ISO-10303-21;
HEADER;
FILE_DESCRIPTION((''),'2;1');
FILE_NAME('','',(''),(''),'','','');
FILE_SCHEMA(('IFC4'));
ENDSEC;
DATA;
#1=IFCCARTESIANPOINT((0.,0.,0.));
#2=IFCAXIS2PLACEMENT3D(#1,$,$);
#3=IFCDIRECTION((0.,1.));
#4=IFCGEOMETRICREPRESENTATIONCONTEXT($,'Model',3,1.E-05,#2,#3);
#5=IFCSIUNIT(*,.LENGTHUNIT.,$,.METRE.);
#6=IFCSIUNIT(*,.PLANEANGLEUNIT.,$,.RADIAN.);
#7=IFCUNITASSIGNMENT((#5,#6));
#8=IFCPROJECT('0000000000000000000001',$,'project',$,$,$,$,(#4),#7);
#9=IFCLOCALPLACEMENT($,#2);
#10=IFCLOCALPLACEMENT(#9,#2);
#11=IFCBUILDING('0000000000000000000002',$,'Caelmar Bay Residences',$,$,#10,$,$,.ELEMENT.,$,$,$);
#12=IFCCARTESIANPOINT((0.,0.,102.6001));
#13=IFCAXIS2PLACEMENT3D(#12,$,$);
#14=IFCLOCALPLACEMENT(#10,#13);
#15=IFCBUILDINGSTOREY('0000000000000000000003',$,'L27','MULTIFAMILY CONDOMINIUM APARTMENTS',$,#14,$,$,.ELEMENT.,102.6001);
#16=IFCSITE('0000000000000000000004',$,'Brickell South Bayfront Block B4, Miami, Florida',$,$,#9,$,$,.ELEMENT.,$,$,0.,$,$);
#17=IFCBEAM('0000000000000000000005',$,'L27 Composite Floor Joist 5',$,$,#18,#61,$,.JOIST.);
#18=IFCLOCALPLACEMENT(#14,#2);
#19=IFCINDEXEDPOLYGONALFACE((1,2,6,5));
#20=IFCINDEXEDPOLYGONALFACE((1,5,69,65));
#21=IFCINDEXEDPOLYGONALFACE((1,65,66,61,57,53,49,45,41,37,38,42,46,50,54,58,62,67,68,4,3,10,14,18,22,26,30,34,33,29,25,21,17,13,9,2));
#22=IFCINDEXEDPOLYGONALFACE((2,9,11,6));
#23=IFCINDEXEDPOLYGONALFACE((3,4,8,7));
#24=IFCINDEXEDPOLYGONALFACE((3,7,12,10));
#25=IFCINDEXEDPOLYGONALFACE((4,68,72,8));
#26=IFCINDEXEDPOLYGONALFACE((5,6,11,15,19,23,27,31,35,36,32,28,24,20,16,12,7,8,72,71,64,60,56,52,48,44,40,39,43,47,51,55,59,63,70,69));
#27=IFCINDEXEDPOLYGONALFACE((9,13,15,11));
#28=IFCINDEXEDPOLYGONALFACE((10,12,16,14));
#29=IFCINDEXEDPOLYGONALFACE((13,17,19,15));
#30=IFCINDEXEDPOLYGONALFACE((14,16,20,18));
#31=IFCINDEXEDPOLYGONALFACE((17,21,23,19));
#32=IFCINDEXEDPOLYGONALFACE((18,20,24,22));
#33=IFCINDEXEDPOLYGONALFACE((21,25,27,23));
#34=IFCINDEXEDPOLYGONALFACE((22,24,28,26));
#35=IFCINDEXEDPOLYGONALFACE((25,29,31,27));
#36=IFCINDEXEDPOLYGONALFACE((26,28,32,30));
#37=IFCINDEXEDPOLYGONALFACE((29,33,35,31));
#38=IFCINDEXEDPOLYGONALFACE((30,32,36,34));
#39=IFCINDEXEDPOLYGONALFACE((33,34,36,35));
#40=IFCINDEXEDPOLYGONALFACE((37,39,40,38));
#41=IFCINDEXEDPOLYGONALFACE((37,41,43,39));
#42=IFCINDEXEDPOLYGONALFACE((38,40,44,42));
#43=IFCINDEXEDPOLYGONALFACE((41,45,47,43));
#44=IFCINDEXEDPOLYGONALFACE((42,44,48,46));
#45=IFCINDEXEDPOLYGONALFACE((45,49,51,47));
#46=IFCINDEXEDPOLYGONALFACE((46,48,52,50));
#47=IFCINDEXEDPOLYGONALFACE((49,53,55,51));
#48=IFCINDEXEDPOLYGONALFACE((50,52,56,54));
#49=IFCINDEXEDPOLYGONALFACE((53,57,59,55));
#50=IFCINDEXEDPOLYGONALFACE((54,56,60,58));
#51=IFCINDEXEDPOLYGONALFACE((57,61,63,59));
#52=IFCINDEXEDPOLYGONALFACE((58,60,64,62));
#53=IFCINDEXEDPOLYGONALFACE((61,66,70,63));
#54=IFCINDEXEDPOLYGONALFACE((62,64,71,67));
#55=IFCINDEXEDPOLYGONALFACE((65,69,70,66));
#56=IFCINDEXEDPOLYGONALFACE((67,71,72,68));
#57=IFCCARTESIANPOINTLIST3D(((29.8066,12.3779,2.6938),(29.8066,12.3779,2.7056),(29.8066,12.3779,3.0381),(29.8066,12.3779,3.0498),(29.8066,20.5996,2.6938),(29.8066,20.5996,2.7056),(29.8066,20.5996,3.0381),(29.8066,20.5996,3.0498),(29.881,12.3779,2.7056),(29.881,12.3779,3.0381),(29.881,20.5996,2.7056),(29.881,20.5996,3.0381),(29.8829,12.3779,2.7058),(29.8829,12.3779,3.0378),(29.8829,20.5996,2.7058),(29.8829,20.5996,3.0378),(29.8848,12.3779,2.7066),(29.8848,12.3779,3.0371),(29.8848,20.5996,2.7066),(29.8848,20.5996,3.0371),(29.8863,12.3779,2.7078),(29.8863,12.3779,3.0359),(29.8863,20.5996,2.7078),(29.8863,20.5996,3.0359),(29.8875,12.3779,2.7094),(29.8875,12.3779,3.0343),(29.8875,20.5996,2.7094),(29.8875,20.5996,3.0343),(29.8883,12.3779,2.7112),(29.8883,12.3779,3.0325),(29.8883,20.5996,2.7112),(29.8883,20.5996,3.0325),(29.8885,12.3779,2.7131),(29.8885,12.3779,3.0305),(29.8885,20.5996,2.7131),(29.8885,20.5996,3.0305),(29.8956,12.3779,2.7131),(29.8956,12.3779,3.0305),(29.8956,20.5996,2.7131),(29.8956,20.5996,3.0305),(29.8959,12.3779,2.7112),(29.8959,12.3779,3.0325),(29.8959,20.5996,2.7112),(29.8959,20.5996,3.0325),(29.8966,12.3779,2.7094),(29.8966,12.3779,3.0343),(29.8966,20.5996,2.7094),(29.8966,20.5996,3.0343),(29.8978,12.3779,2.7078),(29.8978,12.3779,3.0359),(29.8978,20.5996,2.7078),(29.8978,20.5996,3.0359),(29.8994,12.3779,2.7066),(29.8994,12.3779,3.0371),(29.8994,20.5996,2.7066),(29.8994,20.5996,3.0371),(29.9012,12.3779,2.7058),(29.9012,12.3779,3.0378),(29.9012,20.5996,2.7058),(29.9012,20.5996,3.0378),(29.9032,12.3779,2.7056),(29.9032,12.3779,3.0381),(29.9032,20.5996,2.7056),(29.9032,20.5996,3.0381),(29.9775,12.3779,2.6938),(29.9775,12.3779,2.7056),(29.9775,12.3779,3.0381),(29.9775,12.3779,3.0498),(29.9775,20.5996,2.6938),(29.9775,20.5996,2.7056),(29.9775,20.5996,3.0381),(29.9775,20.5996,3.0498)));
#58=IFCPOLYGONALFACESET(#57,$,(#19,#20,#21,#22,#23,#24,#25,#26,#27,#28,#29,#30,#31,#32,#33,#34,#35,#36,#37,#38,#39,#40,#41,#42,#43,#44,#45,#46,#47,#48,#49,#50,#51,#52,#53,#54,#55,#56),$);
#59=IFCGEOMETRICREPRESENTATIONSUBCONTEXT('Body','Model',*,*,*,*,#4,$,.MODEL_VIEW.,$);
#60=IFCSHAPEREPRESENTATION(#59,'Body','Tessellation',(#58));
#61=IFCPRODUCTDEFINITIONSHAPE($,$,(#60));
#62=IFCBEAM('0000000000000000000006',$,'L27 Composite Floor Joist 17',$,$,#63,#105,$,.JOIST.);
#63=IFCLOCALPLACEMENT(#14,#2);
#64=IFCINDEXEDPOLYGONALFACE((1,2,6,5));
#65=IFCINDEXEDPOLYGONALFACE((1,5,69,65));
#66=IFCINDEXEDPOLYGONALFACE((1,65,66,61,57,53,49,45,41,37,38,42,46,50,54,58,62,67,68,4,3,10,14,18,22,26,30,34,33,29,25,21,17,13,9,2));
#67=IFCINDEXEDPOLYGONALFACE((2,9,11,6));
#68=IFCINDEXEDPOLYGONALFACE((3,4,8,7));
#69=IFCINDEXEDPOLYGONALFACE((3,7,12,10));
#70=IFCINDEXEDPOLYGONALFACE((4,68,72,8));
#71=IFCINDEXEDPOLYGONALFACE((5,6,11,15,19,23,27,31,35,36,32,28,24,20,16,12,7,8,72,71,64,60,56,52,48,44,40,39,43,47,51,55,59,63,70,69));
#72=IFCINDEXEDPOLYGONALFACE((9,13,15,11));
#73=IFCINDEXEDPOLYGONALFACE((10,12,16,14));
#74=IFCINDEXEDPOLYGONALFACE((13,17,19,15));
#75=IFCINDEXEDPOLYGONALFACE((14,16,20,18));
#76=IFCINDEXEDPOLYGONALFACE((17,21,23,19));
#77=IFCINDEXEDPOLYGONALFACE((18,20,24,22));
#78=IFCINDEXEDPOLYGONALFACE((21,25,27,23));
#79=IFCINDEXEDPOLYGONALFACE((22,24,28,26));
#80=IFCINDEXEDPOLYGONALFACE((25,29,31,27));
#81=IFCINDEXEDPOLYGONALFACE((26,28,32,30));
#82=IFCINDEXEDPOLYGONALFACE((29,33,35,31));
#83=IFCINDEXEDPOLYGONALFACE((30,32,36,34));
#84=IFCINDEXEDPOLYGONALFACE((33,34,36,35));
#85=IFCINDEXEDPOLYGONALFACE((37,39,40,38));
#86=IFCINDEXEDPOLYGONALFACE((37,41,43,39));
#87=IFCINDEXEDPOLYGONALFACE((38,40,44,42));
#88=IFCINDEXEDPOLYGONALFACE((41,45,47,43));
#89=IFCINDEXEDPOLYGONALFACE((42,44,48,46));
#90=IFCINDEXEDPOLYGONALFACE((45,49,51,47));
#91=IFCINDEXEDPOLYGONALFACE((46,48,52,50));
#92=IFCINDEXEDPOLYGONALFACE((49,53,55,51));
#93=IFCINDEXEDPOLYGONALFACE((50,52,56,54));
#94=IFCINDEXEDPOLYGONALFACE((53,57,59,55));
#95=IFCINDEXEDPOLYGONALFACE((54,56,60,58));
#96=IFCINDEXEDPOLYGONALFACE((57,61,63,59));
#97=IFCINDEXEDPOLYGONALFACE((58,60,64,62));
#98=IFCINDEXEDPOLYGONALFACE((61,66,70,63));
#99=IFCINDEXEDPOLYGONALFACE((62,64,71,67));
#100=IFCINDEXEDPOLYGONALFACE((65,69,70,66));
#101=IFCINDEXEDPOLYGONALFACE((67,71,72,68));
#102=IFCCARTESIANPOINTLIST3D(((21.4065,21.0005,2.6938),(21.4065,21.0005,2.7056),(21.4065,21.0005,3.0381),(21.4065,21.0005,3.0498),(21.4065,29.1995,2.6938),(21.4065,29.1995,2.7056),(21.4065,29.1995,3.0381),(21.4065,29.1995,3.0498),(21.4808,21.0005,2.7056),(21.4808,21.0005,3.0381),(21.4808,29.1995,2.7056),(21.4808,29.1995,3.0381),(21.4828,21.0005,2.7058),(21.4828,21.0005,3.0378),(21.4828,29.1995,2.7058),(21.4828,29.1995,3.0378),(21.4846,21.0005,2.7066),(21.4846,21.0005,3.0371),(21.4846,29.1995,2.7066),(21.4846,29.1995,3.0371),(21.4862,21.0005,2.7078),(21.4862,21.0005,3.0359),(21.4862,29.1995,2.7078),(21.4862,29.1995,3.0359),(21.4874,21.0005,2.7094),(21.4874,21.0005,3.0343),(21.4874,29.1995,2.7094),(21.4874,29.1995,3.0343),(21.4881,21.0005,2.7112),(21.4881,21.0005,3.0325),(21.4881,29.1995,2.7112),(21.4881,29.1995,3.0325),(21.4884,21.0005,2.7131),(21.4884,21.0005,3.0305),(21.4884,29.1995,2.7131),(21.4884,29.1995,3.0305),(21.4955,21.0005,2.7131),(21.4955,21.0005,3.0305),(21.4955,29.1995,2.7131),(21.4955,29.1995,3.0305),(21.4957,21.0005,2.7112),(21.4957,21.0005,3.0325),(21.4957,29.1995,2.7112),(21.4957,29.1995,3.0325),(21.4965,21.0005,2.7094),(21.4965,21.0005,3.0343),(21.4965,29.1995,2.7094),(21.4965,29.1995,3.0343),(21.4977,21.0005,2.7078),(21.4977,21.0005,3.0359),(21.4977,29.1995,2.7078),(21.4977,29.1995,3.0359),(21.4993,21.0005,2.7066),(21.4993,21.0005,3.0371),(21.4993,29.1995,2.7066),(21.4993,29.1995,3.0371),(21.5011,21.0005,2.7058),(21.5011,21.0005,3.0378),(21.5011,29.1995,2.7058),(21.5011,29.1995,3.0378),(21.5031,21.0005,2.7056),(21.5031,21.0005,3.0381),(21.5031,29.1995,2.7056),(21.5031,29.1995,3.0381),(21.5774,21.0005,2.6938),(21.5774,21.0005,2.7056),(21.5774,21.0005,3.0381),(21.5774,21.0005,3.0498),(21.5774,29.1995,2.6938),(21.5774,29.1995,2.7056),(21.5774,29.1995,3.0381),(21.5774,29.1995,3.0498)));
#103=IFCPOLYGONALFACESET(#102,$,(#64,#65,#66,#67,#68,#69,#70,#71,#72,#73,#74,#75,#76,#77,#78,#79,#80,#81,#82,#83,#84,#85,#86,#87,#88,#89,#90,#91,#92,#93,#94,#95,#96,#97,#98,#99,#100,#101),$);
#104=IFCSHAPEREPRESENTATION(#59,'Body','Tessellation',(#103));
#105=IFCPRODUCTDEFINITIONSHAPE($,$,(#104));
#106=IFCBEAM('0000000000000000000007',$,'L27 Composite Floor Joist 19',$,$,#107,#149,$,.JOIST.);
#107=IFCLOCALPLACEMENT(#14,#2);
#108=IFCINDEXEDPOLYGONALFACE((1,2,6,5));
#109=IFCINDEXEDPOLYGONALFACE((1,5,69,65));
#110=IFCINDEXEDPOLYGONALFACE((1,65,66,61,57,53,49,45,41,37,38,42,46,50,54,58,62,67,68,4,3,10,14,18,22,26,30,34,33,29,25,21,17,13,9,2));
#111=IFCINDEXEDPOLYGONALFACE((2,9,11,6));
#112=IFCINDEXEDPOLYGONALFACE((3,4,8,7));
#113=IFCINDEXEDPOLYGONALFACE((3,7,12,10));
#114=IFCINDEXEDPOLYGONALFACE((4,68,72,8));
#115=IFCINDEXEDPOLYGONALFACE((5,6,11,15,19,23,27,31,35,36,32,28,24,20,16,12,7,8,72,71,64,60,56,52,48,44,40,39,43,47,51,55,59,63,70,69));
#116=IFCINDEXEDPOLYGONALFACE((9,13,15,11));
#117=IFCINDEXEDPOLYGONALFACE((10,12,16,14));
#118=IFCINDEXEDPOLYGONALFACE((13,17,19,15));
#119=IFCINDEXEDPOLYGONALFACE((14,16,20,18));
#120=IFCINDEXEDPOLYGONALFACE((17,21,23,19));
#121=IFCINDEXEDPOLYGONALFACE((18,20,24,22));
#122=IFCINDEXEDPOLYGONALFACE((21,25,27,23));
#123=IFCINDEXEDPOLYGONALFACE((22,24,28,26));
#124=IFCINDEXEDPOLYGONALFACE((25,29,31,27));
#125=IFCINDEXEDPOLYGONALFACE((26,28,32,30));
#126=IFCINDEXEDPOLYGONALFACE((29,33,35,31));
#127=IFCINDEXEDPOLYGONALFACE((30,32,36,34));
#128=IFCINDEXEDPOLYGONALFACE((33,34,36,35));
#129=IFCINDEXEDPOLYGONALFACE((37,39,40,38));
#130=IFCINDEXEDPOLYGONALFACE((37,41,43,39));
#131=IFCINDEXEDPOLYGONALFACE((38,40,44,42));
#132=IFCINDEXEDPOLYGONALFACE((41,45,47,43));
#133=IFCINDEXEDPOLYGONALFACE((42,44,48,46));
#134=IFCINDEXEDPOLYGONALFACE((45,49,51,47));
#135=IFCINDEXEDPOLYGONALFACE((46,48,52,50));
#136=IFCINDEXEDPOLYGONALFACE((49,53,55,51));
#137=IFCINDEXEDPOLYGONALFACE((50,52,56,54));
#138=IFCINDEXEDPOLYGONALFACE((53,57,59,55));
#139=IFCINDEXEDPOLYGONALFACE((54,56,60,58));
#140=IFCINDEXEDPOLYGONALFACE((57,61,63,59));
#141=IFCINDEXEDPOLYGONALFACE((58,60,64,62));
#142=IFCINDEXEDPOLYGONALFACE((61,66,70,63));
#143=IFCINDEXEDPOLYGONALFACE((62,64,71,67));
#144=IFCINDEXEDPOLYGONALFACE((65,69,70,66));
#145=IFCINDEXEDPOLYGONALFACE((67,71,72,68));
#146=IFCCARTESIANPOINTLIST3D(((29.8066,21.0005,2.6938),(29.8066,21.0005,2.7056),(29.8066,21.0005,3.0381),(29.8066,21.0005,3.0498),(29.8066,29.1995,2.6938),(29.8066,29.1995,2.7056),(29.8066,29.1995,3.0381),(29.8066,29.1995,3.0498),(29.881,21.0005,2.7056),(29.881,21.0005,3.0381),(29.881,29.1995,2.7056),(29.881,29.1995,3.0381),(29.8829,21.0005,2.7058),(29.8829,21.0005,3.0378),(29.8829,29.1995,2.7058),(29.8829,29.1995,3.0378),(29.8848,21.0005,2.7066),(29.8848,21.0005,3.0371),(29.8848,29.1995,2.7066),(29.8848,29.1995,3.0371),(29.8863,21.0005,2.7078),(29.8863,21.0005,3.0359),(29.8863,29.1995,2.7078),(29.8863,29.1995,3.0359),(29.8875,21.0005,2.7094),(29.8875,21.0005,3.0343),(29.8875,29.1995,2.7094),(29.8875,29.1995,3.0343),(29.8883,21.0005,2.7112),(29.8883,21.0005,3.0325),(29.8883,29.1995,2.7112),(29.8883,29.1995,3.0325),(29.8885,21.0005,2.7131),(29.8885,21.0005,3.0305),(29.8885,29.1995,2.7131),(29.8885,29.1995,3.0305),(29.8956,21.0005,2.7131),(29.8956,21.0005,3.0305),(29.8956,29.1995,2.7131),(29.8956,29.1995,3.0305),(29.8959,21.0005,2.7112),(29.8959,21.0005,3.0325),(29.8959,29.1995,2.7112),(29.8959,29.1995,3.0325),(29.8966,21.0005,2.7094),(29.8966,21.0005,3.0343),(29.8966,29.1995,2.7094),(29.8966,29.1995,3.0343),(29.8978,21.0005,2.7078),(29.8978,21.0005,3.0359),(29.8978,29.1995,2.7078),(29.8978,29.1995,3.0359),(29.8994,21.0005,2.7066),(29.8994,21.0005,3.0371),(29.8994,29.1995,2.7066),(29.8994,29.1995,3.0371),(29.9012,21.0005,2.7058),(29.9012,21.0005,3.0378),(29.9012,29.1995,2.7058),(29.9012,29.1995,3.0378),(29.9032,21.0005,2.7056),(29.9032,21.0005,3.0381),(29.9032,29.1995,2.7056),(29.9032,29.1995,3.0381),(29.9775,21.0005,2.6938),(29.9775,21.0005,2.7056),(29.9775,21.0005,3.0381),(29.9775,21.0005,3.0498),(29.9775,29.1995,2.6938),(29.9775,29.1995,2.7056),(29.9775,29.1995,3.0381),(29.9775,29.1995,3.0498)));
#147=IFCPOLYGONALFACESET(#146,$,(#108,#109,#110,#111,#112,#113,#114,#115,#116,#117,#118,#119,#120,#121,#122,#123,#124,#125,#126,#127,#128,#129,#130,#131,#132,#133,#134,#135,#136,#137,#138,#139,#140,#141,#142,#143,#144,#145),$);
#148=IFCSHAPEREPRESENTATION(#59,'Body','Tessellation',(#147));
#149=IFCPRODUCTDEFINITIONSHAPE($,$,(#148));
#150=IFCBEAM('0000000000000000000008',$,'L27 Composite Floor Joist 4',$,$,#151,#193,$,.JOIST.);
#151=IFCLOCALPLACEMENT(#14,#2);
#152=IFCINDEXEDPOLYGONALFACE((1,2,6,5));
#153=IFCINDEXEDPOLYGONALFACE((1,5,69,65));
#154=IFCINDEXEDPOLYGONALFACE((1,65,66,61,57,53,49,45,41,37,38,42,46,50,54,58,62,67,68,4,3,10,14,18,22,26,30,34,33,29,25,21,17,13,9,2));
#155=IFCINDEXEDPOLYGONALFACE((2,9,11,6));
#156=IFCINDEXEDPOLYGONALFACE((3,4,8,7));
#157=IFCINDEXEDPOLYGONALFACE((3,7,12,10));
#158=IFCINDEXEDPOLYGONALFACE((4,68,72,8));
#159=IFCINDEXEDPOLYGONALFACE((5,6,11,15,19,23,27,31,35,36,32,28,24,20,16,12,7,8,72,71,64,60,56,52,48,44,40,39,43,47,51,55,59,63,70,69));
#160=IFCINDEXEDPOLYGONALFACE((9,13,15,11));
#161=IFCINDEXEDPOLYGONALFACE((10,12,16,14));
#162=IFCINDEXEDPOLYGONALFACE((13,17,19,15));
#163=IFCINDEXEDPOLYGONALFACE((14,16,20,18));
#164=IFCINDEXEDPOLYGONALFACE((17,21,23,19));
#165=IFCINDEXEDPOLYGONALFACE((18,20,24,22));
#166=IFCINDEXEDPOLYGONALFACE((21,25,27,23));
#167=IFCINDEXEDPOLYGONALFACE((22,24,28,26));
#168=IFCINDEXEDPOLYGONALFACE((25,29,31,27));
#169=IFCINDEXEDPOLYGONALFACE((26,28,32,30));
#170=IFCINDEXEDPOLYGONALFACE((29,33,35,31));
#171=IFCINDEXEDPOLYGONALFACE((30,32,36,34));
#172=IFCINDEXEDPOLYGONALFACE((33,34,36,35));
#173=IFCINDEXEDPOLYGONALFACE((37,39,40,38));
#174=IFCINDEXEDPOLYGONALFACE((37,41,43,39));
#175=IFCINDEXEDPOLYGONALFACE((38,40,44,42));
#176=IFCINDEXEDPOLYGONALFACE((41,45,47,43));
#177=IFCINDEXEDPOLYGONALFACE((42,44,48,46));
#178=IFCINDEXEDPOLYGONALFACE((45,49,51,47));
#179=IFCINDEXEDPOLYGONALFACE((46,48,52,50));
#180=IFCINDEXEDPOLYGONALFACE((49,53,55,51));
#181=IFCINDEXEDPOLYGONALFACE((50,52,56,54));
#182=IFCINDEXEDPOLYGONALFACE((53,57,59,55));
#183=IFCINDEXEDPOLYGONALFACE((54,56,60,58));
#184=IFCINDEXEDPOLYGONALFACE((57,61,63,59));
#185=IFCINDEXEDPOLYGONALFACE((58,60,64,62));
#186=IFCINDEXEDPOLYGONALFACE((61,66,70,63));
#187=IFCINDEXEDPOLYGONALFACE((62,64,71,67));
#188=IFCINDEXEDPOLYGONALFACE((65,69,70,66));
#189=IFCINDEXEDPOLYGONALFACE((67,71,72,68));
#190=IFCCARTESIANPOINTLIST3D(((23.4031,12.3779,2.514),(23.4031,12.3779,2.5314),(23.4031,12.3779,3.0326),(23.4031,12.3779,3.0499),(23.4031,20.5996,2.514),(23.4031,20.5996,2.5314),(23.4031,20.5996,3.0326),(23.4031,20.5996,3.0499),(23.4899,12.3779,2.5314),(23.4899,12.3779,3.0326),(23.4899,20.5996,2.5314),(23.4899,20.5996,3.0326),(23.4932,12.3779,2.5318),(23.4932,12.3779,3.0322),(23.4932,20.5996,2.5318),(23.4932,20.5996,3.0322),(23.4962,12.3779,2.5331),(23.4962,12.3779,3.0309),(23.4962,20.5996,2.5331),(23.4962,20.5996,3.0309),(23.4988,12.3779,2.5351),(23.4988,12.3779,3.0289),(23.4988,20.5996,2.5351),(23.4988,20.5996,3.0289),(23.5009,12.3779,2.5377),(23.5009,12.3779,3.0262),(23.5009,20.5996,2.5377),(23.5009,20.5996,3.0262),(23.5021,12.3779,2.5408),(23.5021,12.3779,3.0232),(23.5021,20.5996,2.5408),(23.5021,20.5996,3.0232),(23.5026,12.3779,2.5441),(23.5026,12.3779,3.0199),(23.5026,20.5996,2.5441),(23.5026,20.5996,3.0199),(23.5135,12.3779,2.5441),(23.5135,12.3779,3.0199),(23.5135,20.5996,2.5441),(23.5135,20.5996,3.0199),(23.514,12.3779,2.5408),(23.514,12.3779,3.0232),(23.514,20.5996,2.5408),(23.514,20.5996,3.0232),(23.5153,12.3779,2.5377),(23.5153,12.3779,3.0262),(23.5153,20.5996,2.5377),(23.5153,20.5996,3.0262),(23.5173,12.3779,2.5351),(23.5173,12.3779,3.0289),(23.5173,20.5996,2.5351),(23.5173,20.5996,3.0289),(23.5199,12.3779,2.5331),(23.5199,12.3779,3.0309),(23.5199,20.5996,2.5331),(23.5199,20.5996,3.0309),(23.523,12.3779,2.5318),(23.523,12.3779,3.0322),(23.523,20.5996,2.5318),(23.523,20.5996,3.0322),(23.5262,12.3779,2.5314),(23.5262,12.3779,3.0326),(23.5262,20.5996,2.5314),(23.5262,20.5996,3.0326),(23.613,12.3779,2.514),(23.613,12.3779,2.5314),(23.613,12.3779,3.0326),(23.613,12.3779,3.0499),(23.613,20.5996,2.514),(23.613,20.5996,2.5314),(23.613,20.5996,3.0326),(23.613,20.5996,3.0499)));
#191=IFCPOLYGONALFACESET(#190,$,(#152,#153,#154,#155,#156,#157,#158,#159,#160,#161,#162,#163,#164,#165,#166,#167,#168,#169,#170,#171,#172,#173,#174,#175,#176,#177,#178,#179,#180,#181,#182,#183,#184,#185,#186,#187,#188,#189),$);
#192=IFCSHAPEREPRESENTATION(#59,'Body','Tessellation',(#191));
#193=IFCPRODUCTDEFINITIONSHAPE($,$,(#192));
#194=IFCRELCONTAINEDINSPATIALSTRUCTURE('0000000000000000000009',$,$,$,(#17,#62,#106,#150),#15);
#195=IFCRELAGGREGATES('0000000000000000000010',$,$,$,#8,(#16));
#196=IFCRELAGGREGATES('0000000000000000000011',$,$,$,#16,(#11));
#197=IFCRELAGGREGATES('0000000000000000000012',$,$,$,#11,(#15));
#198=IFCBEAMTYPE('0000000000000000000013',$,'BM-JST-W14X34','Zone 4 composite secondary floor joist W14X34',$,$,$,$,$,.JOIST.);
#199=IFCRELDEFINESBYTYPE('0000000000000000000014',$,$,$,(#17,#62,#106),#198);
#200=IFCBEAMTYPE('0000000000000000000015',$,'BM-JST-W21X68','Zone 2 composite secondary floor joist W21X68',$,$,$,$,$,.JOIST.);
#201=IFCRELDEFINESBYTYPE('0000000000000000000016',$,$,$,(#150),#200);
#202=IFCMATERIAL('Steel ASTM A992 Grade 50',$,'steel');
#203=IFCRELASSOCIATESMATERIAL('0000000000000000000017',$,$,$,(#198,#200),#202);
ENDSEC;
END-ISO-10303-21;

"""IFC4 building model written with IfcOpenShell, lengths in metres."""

from ifc_helpers import new_model, si_unit, direction, frame, origin, origin_2d, place, context, subcontext, project, spatial, i_section, extrude, material, material_profile, profile_set, type_object, element, save


model = new_model("IFC4")

# Units and contexts
model_context = context("Model", 3, precision=1e-05, world=origin(), true_north=direction((0.0, 1.0)))
body_context = subcontext(model_context, "Body", "Model", "MODEL_VIEW")
ifc_project = project(units=[si_unit("LENGTHUNIT", "METRE"), si_unit("PLANEANGLEUNIT", "RADIAN")], contexts=[model_context])

# Site, building, storey
site_placement = place(None, origin())
site = spatial("IfcSite", under=ifc_project, at=site_placement, Name="Brickell South Bayfront Block B4, Miami, Florida", CompositionType="ELEMENT", RefElevation=0.0)
building_placement = place(site_placement, origin())
building = spatial("IfcBuilding", under=site, at=building_placement, Name="Caelmar Bay Residences", CompositionType="ELEMENT")
storey_placement = place(building_placement, frame((0.0, 0.0, 102.6001)))
storey = spatial("IfcBuildingStorey", under=building, at=storey_placement, Name="L27", Description="MULTIFAMILY CONDOMINIUM APARTMENTS", CompositionType="ELEMENT", Elevation=102.6001)

# Beams
ifc_material_1 = material(Name="Steel ASTM A992 Grade 50", Category="steel")
ifc_material_profile_1 = material_profile(ifc_material_1, i_section(OverallWidth=0.1709, OverallDepth=0.356, WebThickness=0.0071, FlangeThickness=0.0117, FilletRadius=0.0076, at=origin_2d()), Name="W14X34")
ifc_profile_set_1 = profile_set([ifc_material_profile_1], Name="Steel ASTM A992 Grade 50")
beam_type_1 = type_object("IfcBeamType", Name="BM-JST-W14X34", Description="Zone 4 composite secondary floor joist W14X34", PredefinedType="JOIST", material=ifc_profile_set_1)
for number, where, z_axis, x_axis, name in (
    (1, (29.8921, 12.3779, 2.8718), (0.0, 1.0, 0.0), (-1.0, 0.0, 0.0), "L27 Composite Floor Joist 5"),
):
    element("IfcBeam", number, at=place(storey_placement, frame(where, z_axis=z_axis, x_axis=x_axis)), inside=storey, type_object=beam_type_1, Name=name, PredefinedType="JOIST", context=body_context, shape_type="SweptSolid", body=[
        extrude(i_section(OverallWidth=0.1709, OverallDepth=0.356, WebThickness=0.0071, FlangeThickness=0.0117, FilletRadius=0.0076, at=origin_2d()), origin(), (0.0, 0.0, 1.0), 8.2217),
    ])
for number, where, z_axis, x_axis, name in (
    (2, (21.4919, 21.0005, 2.8718), (0.0, 1.0, 0.0), (-1.0, 0.0, 0.0), "L27 Composite Floor Joist 17"),
    (3, (29.8921, 21.0005, 2.8718), (0.0, 1.0, 0.0), (-1.0, 0.0, 0.0), "L27 Composite Floor Joist 19"),
):
    element("IfcBeam", number, at=place(storey_placement, frame(where, z_axis=z_axis, x_axis=x_axis)), inside=storey, type_object=beam_type_1, Name=name, PredefinedType="JOIST", context=body_context, shape_type="SweptSolid", body=[
        extrude(i_section(OverallWidth=0.1709, OverallDepth=0.356, WebThickness=0.0071, FlangeThickness=0.0117, FilletRadius=0.0076, at=origin_2d()), origin(), (0.0, 0.0, 1.0), 8.199),
    ])
ifc_material_profile_2 = material_profile(ifc_material_1, i_section(OverallWidth=0.21, OverallDepth=0.5359, WebThickness=0.011, FlangeThickness=0.0173, FilletRadius=0.0127, at=origin_2d()), Name="W21X68")
ifc_profile_set_2 = profile_set([ifc_material_profile_2], Name="Steel ASTM A992 Grade 50")
beam_type_2 = type_object("IfcBeamType", Name="BM-JST-W21X68", Description="Zone 2 composite secondary floor joist W21X68", PredefinedType="JOIST", material=ifc_profile_set_2)
for number, where, z_axis, x_axis, name in (
    (4, (23.5081, 12.3779, 2.782), (0.0, 1.0, 0.0), (-1.0, 0.0, 0.0), "L27 Composite Floor Joist 4"),
):
    element("IfcBeam", number, at=place(storey_placement, frame(where, z_axis=z_axis, x_axis=x_axis)), inside=storey, type_object=beam_type_2, Name=name, PredefinedType="JOIST", context=body_context, shape_type="SweptSolid", body=[
        extrude(i_section(OverallWidth=0.21, OverallDepth=0.5359, WebThickness=0.011, FlangeThickness=0.0173, FilletRadius=0.0127, at=origin_2d()), origin(), (0.0, 0.0, 1.0), 8.2217),
    ])

save(model, "model.ifc")
